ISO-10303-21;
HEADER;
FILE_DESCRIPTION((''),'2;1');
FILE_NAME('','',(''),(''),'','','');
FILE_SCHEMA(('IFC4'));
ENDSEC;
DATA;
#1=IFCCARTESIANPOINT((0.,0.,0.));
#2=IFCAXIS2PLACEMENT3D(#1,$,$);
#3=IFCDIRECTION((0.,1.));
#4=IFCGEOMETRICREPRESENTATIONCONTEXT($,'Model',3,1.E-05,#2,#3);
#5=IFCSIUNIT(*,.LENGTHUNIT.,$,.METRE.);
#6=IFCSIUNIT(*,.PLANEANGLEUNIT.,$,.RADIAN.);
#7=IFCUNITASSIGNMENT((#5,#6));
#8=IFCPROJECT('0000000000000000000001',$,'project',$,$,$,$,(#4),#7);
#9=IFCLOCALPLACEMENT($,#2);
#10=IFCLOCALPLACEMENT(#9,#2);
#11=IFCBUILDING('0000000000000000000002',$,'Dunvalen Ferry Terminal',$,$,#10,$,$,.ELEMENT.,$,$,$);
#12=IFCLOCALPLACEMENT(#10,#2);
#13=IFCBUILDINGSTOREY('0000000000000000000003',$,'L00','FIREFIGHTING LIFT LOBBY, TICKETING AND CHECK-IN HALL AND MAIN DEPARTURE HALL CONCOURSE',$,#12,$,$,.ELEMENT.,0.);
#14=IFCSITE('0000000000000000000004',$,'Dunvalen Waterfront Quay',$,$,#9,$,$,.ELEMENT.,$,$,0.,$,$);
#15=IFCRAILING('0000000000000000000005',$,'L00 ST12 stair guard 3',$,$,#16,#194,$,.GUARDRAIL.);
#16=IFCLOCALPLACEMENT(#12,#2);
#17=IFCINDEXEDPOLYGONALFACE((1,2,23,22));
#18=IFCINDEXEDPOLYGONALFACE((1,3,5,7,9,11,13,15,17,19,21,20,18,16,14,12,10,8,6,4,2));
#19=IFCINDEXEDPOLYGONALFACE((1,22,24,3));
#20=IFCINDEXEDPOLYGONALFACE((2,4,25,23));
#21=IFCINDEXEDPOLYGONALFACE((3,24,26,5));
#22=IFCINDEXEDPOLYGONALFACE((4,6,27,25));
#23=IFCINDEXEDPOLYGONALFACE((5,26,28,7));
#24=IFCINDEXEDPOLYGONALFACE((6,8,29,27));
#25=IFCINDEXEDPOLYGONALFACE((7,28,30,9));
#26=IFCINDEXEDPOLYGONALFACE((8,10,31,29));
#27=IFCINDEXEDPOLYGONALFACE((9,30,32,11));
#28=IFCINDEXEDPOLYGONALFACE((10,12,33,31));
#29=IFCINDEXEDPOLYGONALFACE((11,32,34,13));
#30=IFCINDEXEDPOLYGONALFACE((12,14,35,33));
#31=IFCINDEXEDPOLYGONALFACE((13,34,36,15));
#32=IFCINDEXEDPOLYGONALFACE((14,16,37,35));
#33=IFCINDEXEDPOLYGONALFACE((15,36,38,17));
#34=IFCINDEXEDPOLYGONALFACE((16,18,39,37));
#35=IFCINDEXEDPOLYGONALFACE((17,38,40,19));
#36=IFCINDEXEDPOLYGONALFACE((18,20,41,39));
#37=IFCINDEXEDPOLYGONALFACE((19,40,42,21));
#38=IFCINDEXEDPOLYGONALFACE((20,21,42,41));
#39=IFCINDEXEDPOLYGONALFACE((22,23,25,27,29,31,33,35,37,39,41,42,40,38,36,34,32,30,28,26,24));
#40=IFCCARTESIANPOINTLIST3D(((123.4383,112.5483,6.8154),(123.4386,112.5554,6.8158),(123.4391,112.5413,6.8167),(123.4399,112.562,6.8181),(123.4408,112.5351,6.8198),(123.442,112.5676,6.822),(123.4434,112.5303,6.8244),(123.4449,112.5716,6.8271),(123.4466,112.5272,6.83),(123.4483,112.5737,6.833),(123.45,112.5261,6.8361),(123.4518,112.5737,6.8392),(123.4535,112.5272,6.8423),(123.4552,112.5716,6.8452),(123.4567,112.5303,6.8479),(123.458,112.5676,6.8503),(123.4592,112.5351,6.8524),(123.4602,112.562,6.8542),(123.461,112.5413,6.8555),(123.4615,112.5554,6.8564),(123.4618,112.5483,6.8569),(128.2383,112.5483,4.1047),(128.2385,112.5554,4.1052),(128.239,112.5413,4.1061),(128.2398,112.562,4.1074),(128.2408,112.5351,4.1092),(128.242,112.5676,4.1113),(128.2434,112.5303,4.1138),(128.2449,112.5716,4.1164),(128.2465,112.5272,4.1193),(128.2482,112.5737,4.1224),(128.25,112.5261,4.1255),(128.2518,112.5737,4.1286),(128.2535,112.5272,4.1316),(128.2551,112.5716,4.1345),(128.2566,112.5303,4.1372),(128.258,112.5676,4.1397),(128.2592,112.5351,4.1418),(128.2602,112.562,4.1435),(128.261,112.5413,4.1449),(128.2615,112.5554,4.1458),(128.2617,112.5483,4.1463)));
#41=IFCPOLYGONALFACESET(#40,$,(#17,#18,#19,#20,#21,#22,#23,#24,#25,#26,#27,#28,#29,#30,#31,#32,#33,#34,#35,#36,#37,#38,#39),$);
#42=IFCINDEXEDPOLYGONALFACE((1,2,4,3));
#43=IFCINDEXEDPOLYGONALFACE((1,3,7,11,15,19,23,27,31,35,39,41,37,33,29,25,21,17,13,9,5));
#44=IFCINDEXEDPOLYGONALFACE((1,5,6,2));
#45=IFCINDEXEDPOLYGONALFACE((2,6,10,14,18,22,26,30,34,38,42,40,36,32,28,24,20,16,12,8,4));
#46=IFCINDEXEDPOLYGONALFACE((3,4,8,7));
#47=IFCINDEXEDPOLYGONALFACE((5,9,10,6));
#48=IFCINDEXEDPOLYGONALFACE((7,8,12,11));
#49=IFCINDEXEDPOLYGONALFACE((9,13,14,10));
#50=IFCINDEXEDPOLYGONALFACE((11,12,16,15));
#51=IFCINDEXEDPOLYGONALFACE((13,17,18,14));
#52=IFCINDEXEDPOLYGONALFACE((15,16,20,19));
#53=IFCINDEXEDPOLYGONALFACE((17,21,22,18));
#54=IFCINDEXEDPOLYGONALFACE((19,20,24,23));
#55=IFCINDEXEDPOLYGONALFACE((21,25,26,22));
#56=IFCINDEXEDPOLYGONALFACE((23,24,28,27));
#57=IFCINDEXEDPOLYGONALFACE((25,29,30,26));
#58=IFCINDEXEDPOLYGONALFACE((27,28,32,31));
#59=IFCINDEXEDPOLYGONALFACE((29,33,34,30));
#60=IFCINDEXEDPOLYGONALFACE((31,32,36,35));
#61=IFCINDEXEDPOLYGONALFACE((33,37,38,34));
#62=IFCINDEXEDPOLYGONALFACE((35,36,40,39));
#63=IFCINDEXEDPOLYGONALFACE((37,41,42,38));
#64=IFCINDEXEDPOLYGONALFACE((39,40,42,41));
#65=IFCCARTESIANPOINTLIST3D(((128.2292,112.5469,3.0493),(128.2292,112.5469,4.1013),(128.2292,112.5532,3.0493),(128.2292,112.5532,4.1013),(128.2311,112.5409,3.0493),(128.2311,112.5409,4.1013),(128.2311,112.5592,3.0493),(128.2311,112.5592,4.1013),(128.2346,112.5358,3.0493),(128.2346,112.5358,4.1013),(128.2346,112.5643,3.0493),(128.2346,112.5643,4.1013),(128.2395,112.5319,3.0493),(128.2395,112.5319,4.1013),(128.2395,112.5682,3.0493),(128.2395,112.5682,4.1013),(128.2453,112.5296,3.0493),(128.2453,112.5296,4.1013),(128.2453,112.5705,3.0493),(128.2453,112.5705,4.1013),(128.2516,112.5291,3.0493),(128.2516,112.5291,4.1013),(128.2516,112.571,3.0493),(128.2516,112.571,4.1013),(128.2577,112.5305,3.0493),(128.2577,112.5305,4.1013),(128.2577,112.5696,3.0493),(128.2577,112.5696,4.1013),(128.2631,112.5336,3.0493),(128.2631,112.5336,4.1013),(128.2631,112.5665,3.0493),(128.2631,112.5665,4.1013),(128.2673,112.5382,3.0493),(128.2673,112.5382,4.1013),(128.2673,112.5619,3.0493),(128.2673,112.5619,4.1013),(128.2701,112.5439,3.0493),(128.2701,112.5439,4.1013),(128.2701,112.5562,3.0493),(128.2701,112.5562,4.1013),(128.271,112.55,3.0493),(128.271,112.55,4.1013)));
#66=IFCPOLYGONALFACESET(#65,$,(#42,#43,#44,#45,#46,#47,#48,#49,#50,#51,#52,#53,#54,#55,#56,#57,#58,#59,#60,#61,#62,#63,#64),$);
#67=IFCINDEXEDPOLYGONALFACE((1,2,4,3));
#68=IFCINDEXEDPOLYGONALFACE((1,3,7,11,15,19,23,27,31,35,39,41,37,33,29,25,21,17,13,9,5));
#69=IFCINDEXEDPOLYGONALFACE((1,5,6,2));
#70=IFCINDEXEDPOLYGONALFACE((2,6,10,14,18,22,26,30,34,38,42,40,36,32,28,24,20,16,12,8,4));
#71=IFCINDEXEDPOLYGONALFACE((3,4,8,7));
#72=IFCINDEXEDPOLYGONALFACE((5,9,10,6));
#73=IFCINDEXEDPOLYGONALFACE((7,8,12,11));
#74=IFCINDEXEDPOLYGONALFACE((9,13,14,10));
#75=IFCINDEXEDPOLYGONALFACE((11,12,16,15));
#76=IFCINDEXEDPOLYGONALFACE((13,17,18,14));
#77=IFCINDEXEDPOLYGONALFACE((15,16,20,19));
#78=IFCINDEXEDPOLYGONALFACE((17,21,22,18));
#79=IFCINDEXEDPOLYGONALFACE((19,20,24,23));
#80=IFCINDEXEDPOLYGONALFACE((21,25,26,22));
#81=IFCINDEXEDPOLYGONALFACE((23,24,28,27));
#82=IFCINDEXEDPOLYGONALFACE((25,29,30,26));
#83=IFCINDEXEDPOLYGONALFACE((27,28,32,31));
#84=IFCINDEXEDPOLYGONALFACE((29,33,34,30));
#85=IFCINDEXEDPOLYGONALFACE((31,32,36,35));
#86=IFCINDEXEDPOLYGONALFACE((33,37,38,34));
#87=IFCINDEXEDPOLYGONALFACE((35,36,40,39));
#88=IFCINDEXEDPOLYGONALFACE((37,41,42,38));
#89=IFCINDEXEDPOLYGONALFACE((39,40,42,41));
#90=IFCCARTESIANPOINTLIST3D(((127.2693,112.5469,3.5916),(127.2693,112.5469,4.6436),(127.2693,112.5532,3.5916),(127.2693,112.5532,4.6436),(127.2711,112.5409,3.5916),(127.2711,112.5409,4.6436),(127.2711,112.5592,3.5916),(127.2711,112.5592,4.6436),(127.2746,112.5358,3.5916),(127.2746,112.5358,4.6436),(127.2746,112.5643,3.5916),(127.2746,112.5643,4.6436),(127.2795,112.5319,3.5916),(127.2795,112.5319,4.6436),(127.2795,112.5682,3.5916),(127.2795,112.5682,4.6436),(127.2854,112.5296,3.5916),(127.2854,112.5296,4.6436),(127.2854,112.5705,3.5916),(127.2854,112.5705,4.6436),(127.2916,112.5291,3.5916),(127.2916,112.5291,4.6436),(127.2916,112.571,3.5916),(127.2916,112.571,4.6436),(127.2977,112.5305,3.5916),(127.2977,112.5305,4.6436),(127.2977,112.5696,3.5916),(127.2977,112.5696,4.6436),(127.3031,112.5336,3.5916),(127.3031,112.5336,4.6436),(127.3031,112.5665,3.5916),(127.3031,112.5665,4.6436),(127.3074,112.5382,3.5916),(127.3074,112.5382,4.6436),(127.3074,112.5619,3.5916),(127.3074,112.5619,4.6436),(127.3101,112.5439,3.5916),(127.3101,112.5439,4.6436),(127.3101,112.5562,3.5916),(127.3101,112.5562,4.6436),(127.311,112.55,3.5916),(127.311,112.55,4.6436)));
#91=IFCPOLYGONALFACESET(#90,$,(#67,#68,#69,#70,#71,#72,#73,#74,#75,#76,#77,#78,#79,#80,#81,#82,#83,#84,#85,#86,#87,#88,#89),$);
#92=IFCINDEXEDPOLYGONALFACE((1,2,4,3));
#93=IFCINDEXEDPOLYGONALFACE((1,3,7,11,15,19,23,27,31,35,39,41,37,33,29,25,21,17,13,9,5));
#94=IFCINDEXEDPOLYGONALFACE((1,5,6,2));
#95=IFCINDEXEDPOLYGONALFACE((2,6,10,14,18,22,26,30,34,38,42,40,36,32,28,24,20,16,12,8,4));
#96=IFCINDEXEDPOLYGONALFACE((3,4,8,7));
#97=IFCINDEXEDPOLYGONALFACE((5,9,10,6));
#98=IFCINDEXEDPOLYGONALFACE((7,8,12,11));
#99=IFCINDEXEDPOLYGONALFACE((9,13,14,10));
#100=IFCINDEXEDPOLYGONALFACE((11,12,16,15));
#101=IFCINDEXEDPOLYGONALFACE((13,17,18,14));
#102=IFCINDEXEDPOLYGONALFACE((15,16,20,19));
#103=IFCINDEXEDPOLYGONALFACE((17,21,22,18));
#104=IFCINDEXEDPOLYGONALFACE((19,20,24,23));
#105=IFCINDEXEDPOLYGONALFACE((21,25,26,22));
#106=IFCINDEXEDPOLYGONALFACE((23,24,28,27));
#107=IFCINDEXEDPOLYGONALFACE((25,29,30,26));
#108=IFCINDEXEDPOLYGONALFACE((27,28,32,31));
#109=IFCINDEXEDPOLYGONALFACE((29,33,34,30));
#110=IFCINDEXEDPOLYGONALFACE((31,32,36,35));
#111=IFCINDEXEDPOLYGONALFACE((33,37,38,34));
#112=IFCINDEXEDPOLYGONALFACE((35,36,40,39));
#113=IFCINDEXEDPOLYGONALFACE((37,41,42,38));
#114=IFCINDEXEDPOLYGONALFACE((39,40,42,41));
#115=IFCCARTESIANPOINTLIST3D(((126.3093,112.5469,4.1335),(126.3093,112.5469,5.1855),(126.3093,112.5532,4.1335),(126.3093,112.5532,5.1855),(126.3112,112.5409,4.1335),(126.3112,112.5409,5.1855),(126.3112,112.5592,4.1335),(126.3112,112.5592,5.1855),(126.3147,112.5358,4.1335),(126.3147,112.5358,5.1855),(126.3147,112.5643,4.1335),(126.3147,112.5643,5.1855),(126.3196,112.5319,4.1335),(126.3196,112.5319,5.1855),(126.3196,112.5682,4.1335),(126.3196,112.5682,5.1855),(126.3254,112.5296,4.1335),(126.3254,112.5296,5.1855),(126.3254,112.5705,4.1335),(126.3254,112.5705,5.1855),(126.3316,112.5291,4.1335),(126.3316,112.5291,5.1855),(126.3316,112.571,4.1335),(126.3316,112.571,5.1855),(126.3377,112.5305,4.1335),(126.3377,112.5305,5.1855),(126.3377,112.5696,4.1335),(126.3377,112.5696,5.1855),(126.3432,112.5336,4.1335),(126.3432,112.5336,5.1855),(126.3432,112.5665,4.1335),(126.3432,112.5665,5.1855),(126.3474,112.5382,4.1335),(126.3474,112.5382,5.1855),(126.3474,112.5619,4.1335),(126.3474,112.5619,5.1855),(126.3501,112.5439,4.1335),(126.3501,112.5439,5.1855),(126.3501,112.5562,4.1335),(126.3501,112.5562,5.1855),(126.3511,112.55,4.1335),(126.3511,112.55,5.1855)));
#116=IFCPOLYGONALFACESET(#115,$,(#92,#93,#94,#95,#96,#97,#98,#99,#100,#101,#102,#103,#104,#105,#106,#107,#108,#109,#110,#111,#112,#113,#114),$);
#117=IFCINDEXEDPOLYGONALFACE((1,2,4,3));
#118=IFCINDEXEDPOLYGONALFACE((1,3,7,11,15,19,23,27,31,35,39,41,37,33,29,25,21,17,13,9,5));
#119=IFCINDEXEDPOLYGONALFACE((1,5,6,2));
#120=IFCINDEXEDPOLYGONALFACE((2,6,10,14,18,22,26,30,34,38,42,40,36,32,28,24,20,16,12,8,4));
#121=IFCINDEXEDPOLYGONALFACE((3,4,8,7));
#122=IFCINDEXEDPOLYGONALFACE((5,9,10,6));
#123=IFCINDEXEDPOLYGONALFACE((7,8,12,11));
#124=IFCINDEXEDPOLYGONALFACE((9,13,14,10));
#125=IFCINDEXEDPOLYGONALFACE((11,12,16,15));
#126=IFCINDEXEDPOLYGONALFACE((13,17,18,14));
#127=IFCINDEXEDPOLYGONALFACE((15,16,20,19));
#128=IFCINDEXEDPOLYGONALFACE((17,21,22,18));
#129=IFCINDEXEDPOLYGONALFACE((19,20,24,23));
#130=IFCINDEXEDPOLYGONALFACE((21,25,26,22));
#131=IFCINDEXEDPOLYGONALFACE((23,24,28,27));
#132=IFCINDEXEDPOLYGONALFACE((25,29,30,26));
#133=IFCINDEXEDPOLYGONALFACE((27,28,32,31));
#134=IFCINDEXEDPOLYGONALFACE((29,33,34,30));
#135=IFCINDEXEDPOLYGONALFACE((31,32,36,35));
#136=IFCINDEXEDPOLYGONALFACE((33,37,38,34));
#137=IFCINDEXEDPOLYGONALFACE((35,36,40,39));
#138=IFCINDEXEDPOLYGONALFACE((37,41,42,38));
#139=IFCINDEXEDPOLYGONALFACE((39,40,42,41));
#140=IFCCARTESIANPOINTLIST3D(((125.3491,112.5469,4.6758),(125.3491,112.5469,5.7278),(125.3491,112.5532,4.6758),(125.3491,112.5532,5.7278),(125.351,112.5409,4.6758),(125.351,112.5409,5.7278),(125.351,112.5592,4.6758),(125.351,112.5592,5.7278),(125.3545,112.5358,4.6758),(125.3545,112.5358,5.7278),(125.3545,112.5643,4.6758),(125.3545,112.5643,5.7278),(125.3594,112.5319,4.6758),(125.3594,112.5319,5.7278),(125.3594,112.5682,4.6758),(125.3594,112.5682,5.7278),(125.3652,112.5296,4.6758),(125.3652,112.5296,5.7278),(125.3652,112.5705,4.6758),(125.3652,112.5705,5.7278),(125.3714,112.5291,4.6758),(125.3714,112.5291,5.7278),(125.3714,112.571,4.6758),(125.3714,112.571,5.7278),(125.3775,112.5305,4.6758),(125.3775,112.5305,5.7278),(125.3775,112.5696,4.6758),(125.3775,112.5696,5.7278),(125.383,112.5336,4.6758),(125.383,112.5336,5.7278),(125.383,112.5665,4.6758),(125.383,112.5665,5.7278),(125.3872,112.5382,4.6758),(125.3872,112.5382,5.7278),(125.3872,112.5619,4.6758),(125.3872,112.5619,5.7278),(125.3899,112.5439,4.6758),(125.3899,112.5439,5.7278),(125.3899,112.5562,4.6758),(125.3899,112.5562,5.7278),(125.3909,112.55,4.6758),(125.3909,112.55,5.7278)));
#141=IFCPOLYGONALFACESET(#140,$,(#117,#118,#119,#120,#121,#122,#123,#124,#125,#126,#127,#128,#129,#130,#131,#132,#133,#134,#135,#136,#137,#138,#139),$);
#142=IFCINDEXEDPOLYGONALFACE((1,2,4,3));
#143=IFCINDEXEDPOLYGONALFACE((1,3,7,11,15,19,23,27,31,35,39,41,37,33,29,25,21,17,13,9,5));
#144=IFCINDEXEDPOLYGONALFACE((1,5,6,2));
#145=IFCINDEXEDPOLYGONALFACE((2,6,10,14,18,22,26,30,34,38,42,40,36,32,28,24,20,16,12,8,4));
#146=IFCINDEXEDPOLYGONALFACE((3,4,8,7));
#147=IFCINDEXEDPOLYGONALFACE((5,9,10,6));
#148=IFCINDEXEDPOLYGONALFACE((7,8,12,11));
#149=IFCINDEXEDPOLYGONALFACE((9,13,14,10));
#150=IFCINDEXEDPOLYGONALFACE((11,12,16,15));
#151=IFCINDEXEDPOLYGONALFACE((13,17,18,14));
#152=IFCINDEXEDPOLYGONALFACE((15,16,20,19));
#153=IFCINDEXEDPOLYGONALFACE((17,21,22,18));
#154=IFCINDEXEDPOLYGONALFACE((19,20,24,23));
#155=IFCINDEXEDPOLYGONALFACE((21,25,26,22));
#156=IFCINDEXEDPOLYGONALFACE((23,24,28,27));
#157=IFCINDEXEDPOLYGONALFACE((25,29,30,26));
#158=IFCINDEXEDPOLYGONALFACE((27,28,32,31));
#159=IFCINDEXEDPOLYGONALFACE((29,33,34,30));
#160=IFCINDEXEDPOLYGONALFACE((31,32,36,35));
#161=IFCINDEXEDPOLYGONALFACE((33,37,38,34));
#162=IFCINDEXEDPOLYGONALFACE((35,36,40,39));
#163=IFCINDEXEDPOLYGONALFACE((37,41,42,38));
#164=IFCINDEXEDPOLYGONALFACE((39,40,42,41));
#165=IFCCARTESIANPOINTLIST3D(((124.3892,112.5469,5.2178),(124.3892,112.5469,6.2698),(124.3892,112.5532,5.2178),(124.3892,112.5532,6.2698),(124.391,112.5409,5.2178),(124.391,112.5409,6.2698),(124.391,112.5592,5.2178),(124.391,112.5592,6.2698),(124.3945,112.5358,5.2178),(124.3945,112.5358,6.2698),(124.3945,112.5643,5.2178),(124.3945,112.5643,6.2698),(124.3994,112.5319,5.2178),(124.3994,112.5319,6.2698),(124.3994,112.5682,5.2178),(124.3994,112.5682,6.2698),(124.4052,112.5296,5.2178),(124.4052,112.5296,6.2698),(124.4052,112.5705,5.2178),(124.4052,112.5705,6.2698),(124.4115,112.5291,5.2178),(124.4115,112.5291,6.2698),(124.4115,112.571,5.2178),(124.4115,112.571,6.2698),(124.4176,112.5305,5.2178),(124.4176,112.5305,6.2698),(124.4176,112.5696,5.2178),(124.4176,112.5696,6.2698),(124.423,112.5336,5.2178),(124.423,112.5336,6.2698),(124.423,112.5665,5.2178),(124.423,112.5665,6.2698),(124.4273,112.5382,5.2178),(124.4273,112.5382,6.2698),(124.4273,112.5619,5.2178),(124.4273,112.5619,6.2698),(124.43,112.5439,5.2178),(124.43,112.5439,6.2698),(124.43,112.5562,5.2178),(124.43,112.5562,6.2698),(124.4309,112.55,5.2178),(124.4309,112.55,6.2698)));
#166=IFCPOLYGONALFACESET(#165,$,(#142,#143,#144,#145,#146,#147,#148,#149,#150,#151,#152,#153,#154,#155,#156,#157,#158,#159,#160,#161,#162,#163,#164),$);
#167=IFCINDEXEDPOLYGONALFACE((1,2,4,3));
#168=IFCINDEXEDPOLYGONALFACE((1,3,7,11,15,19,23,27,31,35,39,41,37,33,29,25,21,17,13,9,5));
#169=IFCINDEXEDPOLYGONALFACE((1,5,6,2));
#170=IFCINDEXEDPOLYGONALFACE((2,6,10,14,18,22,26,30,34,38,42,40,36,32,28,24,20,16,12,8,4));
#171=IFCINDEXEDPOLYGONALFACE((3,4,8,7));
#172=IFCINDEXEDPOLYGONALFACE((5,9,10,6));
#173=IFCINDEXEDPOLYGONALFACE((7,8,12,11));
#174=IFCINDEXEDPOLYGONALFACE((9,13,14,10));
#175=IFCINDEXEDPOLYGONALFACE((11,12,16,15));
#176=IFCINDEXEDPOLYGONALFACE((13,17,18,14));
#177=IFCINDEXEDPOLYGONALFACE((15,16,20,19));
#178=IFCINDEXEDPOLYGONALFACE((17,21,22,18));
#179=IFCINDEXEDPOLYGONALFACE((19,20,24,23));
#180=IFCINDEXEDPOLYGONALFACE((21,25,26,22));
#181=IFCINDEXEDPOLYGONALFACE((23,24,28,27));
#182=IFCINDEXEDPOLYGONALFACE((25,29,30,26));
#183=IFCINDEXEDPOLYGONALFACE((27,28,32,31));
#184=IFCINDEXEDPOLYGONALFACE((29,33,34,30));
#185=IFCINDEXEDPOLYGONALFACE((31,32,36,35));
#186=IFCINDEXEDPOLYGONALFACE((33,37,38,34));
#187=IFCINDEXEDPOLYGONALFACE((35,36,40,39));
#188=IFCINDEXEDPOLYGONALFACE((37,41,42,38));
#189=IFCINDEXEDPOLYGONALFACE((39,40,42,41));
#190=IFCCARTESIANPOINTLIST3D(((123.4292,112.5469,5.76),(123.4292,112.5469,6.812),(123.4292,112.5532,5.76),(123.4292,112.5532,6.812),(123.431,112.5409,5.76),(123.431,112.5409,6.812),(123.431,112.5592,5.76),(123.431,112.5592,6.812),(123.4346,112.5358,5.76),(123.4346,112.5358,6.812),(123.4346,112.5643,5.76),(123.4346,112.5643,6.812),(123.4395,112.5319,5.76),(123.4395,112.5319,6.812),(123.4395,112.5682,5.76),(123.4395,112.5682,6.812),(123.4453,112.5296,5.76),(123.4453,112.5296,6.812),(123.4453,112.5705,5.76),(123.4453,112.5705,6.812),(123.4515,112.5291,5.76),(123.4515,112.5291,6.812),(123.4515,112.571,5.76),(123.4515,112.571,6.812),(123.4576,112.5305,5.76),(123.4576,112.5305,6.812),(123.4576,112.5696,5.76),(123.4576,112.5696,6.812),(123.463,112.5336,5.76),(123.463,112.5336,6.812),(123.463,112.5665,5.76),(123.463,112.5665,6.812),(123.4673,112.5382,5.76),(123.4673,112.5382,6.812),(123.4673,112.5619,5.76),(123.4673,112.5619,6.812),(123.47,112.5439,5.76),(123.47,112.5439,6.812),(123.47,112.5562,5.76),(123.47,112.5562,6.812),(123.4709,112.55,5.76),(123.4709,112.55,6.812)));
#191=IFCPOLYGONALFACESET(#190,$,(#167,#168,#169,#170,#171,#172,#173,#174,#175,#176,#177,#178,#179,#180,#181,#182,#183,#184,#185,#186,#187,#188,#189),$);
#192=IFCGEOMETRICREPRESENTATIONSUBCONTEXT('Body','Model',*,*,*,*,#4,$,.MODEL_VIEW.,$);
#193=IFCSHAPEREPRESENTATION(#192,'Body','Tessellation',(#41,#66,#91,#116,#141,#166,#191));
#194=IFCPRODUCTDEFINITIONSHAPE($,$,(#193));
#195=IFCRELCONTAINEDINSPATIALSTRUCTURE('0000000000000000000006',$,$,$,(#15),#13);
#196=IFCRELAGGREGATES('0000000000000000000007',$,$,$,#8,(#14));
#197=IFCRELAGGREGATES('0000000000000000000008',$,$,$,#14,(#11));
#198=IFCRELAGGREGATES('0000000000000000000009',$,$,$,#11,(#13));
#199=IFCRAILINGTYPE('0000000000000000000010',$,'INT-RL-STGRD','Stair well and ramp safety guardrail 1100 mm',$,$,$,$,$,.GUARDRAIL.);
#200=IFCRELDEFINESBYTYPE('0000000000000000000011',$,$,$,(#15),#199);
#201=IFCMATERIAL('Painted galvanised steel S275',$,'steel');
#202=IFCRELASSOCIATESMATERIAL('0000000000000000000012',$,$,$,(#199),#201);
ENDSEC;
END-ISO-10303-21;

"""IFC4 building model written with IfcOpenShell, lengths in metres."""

from ifc_helpers import new_model, si_unit, direction, frame, origin, origin_2d, place, context, subcontext, project, spatial, circle, extrude, material, type_object, element, save


model = new_model("IFC4")

# Units and contexts
model_context = context("Model", 3, precision=1e-05, world=origin(), true_north=direction((0.0, 1.0)))
body_context = subcontext(model_context, "Body", "Model", "MODEL_VIEW")
ifc_project = project(units=[si_unit("LENGTHUNIT", "METRE"), si_unit("PLANEANGLEUNIT", "RADIAN")], contexts=[model_context])

# Site, building, storey
site_placement = place(None, origin())
site = spatial("IfcSite", under=ifc_project, at=site_placement, Name="Dunvalen Waterfront Quay", CompositionType="ELEMENT", RefElevation=0.0)
building_placement = place(site_placement, origin())
building = spatial("IfcBuilding", under=site, at=building_placement, Name="Dunvalen Ferry Terminal", CompositionType="ELEMENT")
storey_placement = place(building_placement, origin())
storey = spatial("IfcBuildingStorey", under=building, at=storey_placement, Name="L00", Description="FIREFIGHTING LIFT LOBBY, TICKETING AND CHECK-IN HALL AND MAIN DEPARTURE HALL CONCOURSE", CompositionType="ELEMENT", Elevation=0.0)

# Railing
ifc_material_1 = material(Name="Painted galvanised steel S275", Category="steel")
railing_type_1 = type_object("IfcRailingType", Name="INT-RL-STGRD", Description="Stair well and ramp safety guardrail 1100 mm", PredefinedType="GUARDRAIL", material=ifc_material_1)
railing_1_placement = place(storey_placement, frame((128.25, 112.55, 3.0493)))
element("IfcRailing", 1, at=railing_1_placement, inside=storey, type_object=railing_type_1, Name="L00 ST12 stair guard 3", PredefinedType="GUARDRAIL", context=body_context, shape_type="SweptSolid", body=[
    extrude(circle(Radius=0.0239, at=origin_2d()), frame((0.0, 0.0, 1.0762), z_axis=(-0.870748, 0.0, 0.49173), x_axis=(0.0, -1.0, 0.0)), (0.0, 0.0, 1.0), 5.5125),
    extrude(circle(Radius=0.021, at=origin_2d()), origin(), (0.0, 0.0, 1.0), 1.052),
    extrude(circle(Radius=0.021, at=origin_2d()), frame((-0.96, 0.0, 0.5422)), (0.0, 0.0, 1.0), 1.052),
    extrude(circle(Radius=0.021, at=origin_2d()), frame((-1.9199, 0.0, 1.0842)), (0.0, 0.0, 1.0), 1.052),
    extrude(circle(Radius=0.021, at=origin_2d()), frame((-2.8801, 0.0, 1.6265)), (0.0, 0.0, 1.0), 1.052),
    extrude(circle(Radius=0.021, at=origin_2d()), frame((-3.8401, 0.0, 2.1685)), (0.0, 0.0, 1.0), 1.052),
    extrude(circle(Radius=0.021, at=origin_2d()), frame((-4.8, 0.0, 2.7107)), (0.0, 0.0, 1.0), 1.052),
])

save(model, "model.ifc")
